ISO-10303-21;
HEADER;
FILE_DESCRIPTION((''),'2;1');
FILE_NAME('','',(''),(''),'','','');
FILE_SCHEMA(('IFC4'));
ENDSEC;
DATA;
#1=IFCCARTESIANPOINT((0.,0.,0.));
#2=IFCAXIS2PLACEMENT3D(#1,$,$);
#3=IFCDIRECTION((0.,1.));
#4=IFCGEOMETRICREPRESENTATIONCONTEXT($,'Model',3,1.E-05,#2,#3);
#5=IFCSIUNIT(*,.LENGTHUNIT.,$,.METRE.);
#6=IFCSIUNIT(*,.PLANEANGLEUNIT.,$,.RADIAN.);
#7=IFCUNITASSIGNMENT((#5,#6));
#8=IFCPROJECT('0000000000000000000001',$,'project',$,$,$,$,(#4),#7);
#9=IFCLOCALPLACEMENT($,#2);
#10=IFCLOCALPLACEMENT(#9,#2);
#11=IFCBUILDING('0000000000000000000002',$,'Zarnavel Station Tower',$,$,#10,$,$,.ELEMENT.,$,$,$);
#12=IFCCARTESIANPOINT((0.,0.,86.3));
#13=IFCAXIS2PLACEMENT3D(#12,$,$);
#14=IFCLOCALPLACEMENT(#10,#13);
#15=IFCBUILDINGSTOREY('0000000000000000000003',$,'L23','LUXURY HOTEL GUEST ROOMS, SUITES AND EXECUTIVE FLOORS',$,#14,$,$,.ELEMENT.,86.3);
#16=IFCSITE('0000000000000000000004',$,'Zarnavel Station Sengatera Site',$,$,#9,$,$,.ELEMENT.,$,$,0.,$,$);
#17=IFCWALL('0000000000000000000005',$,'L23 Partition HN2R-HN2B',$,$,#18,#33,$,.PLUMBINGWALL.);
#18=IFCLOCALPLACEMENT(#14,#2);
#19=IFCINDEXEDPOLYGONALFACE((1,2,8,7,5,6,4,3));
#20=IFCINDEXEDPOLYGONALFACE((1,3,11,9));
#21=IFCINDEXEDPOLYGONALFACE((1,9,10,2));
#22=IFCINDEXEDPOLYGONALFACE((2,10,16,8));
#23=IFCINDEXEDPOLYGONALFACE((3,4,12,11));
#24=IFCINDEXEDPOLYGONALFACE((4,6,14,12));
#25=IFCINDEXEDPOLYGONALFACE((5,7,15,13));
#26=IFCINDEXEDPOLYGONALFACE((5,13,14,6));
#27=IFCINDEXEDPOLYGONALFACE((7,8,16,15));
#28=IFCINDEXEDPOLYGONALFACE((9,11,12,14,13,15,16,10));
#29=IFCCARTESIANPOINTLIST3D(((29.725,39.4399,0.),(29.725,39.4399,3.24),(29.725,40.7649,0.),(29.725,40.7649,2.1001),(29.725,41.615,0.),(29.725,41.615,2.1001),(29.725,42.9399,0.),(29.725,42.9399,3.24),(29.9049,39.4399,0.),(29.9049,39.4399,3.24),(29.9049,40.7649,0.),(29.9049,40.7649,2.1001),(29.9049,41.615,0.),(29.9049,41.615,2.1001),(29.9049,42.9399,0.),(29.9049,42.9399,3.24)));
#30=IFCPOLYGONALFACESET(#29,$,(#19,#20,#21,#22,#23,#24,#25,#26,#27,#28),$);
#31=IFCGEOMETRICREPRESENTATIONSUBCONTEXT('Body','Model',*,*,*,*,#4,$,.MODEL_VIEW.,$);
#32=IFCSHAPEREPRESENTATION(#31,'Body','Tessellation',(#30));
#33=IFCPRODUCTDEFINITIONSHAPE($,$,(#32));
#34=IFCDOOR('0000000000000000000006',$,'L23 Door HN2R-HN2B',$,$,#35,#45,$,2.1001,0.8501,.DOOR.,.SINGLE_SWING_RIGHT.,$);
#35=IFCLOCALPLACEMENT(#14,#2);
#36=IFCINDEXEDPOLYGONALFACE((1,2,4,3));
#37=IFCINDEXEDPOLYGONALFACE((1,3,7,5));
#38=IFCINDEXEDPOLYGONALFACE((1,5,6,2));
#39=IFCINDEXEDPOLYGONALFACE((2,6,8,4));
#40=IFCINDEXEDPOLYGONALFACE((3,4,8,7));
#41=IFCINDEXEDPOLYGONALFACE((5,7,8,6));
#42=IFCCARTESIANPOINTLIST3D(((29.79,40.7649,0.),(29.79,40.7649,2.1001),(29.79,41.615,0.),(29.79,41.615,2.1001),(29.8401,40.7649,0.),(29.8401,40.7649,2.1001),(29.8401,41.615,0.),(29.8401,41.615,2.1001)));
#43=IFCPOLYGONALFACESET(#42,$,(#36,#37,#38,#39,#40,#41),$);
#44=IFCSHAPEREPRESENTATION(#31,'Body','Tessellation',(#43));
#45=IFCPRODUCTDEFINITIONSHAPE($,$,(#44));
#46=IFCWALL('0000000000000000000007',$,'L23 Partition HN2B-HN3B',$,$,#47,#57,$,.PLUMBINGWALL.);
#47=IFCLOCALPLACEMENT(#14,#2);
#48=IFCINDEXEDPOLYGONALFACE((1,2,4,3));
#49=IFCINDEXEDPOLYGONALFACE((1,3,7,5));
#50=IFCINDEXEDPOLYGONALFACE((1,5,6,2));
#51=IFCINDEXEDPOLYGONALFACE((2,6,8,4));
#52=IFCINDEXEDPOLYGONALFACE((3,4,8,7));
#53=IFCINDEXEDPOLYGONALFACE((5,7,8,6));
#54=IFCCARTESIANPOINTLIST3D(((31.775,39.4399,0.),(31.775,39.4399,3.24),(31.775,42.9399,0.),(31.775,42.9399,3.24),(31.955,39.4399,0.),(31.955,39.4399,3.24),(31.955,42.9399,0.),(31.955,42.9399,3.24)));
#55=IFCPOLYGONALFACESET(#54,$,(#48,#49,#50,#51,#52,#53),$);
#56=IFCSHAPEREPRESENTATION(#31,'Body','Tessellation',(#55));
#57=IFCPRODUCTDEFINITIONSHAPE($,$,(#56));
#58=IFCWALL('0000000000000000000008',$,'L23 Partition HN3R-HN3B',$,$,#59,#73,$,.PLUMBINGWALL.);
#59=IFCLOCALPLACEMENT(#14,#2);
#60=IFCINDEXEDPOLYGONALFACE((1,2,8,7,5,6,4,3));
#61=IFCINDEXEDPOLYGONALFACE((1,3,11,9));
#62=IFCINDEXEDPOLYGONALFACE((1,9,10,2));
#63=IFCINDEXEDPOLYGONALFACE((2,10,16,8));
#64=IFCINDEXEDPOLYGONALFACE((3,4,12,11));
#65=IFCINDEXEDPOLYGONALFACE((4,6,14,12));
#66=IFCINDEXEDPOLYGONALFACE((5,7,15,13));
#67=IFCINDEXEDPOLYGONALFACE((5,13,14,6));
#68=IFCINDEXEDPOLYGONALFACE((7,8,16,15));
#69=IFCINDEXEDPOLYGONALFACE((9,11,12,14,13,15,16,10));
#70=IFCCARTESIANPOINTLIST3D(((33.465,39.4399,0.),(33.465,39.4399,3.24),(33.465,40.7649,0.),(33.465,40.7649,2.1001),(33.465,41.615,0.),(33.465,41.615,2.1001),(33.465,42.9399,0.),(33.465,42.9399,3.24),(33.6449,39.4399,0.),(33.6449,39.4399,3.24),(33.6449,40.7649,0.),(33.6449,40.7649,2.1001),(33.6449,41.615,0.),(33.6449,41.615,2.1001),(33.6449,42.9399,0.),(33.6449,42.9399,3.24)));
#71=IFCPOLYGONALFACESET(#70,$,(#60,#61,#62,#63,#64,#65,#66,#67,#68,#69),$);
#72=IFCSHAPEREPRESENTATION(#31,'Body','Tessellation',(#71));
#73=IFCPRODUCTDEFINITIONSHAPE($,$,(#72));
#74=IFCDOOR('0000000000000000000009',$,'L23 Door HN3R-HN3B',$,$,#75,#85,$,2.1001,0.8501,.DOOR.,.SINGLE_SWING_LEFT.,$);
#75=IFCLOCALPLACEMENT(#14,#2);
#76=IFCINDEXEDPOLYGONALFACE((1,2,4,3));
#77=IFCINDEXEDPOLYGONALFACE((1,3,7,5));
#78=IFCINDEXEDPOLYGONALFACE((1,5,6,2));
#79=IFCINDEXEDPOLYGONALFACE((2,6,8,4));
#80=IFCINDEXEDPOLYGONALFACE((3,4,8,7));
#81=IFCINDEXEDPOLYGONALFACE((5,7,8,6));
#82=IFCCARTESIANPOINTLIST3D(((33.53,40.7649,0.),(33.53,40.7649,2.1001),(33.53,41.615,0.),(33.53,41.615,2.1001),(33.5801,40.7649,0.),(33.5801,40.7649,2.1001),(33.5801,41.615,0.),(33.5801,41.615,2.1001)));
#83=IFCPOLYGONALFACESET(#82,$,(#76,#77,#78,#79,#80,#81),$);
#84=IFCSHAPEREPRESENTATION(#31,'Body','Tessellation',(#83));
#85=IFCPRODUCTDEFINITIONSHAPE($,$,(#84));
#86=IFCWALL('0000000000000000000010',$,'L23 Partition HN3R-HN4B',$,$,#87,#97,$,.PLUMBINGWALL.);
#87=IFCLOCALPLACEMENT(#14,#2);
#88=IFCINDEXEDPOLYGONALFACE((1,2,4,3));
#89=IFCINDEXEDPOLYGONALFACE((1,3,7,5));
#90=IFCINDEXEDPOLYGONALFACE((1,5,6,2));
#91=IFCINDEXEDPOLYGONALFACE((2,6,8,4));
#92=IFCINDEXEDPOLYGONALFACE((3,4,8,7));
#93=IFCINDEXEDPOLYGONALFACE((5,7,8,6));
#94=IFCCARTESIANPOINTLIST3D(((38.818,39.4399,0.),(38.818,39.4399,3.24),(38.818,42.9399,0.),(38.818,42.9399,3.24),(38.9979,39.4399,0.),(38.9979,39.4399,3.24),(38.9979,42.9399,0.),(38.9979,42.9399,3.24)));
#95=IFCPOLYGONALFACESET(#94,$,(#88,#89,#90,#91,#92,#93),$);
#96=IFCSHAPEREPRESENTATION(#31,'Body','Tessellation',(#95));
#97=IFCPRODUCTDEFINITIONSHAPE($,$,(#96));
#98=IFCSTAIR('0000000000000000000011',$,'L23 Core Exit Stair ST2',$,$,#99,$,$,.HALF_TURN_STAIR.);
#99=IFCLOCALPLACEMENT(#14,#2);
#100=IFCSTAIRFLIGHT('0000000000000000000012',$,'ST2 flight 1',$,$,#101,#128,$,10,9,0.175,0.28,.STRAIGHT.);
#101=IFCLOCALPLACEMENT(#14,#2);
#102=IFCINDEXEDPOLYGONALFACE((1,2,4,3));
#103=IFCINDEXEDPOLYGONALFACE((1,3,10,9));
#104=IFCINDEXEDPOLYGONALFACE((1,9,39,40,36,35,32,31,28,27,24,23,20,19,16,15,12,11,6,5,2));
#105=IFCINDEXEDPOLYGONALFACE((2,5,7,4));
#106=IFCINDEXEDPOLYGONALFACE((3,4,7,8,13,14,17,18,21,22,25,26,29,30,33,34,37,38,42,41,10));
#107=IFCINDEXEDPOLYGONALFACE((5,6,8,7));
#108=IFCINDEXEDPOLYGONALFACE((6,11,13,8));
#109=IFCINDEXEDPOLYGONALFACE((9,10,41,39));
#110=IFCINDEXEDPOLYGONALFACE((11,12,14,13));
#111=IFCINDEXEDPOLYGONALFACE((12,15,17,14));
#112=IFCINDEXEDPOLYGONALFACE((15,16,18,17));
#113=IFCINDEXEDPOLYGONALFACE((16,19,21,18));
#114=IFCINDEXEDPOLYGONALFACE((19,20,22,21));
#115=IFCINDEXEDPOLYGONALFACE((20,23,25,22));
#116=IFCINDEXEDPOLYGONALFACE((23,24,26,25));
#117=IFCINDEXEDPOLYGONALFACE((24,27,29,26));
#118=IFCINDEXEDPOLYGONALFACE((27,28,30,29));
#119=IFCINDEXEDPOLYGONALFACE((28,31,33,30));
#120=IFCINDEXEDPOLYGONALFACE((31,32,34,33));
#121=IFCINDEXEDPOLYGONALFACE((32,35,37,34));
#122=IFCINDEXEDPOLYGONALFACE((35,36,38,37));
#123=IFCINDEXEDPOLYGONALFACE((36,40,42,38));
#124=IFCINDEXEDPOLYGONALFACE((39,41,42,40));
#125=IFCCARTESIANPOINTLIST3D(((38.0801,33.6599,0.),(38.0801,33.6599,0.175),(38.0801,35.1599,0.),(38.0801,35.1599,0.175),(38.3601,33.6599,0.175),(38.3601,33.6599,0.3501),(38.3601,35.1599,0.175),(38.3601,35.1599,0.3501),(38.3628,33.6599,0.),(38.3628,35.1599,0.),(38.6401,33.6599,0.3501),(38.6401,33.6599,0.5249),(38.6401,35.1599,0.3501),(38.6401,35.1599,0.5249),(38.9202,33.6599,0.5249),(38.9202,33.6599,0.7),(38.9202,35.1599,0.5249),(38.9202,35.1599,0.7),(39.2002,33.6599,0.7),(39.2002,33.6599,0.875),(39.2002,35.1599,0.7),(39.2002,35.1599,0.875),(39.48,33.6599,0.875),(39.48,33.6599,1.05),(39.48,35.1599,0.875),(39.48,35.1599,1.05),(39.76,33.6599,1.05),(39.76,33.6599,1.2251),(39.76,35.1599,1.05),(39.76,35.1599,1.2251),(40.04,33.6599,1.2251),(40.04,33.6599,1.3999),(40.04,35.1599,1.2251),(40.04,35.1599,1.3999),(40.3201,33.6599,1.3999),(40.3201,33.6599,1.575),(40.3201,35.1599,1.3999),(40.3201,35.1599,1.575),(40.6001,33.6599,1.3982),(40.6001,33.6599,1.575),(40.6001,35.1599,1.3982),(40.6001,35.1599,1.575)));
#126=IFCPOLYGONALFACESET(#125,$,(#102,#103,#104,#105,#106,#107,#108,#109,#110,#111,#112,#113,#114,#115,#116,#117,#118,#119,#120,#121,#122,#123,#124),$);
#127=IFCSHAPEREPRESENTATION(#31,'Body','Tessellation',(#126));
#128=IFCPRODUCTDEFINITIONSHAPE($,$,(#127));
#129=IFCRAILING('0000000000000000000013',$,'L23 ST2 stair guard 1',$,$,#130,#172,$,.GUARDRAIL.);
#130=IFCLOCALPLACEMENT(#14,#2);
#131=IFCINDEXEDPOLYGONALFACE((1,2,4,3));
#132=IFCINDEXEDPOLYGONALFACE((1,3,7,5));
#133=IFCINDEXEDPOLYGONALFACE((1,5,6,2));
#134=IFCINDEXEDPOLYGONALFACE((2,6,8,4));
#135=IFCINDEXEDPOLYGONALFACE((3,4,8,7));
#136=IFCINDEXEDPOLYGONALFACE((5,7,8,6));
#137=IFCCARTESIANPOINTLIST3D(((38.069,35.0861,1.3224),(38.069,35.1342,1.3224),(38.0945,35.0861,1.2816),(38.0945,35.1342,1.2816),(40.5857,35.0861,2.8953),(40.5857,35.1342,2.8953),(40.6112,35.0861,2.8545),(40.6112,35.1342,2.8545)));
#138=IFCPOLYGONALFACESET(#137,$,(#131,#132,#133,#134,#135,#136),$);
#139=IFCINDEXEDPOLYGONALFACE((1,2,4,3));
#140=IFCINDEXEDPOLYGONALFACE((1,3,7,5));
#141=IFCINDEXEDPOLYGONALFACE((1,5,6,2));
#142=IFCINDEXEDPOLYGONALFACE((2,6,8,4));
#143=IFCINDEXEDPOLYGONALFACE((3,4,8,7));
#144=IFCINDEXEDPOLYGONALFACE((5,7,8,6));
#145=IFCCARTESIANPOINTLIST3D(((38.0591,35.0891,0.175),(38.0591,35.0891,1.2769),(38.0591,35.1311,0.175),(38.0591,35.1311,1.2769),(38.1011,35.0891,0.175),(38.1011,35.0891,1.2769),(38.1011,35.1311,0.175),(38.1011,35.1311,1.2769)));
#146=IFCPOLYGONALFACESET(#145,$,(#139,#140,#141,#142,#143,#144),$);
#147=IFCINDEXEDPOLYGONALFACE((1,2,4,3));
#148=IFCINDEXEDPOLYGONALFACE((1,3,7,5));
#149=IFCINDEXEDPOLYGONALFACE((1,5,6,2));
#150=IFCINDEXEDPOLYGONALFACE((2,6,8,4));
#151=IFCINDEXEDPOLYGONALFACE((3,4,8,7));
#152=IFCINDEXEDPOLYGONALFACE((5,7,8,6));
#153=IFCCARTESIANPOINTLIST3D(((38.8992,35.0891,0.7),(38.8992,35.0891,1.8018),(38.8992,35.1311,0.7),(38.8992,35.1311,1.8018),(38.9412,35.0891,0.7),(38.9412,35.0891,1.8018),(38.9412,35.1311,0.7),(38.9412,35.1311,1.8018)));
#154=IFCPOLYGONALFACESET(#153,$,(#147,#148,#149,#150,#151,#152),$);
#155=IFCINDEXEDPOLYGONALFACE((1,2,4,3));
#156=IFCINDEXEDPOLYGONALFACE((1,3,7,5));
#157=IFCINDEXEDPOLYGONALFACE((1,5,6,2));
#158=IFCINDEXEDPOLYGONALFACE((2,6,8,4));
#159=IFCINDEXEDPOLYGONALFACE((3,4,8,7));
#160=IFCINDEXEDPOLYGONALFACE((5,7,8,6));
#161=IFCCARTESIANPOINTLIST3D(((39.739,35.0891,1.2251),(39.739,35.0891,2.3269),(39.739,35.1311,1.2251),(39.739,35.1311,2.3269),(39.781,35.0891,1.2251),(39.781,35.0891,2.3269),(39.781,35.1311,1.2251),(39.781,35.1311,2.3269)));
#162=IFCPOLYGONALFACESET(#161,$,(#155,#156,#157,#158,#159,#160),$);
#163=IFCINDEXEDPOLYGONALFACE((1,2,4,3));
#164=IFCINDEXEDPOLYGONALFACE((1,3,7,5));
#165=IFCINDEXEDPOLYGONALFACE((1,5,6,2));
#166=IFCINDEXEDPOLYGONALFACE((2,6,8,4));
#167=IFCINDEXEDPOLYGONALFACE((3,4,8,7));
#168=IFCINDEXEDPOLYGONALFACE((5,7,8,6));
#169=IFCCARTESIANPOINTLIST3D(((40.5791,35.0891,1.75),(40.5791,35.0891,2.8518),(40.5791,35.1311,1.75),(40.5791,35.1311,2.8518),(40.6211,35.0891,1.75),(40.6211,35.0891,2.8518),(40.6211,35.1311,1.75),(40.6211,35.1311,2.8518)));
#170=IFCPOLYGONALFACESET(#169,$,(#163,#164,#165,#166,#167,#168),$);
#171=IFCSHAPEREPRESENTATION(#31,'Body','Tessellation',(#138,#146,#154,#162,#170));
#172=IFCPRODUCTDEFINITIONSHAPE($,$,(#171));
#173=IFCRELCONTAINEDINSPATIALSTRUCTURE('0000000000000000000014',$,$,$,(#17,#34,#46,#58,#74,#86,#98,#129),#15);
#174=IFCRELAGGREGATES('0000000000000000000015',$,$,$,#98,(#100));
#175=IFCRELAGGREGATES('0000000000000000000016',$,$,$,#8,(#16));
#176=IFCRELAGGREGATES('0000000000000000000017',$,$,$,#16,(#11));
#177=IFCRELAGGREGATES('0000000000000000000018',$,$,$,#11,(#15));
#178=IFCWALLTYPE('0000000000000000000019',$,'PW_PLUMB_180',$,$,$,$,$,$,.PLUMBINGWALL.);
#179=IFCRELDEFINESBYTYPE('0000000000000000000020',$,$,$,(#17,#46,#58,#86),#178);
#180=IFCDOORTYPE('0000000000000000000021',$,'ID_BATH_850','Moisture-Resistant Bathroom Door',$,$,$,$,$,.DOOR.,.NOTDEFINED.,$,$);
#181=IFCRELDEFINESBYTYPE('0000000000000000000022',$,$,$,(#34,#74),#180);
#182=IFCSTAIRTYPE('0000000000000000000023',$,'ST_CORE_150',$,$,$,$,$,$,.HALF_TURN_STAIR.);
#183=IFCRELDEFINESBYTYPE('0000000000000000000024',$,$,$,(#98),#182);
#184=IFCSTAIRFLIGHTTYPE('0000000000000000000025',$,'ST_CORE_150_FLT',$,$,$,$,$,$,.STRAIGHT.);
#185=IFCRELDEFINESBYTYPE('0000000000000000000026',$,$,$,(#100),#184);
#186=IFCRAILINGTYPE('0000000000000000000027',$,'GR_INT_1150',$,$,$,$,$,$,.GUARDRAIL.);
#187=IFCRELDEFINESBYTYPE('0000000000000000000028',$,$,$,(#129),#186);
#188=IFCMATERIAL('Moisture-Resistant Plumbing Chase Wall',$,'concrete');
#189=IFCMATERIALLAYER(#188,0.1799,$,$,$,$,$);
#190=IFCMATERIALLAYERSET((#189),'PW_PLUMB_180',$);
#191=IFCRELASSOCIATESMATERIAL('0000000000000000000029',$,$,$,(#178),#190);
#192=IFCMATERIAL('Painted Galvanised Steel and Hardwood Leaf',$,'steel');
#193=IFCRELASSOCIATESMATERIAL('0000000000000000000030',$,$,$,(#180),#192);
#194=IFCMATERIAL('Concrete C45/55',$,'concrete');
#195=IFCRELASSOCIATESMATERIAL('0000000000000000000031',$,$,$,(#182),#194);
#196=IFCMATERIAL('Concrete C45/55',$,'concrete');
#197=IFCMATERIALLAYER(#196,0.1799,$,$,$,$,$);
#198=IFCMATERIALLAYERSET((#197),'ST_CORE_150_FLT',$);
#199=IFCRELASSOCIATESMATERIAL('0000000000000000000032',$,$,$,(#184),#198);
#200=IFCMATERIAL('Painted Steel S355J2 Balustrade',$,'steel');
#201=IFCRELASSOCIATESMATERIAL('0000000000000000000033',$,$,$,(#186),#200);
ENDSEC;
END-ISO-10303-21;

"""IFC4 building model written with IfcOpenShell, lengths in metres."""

from ifc_helpers import new_model, si_unit, direction, frame, frame_2d, origin, origin_2d, place, context, subcontext, project, spatial, polyline, rectangle, outline, extrude, material, layer, layer_set, type_object, element, fill, aggregate, save


model = new_model("IFC4")

# Units and contexts
model_context = context("Model", 3, precision=1e-05, world=origin(), true_north=direction((0.0, 1.0)))
body_context = subcontext(model_context, "Body", "Model", "MODEL_VIEW")
ifc_project = project(units=[si_unit("LENGTHUNIT", "METRE"), si_unit("PLANEANGLEUNIT", "RADIAN")], contexts=[model_context])

# Site, building, storey
site_placement = place(None, origin())
site = spatial("IfcSite", under=ifc_project, at=site_placement, Name="Zarnavel Station Sengatera Site", CompositionType="ELEMENT", RefElevation=0.0)
building_placement = place(site_placement, origin())
building = spatial("IfcBuilding", under=site, at=building_placement, Name="Zarnavel Station Tower", CompositionType="ELEMENT")
storey_placement = place(building_placement, frame((0.0, 0.0, 86.3)))
storey = spatial("IfcBuildingStorey", under=building, at=storey_placement, Name="L23", Description="LUXURY HOTEL GUEST ROOMS, SUITES AND EXECUTIVE FLOORS", CompositionType="ELEMENT", Elevation=86.3)

# Shared definitions
ifc_material_1 = material(Name="Moisture-Resistant Plumbing Chase Wall", Category="concrete")
ifc_layer_1 = layer(ifc_material_1, 0.1799)
ifc_layer_set_1 = layer_set([ifc_layer_1], Name="PW_PLUMB_180")
wall_type_1 = type_object("IfcWallType", Name="PW_PLUMB_180", PredefinedType="PLUMBINGWALL", material=ifc_layer_set_1)

# Wall, opening, door
wall_1_placement = place(storey_placement, frame((29.8149, 39.4399, 0.0), z_axis=(0.0, 0.0, 1.0), x_axis=(0.0, 1.0, 0.0)))
wall_1 = element("IfcWall", 1, at=wall_1_placement, inside=storey, type_object=wall_type_1, Name="L23 Partition HN2R-HN2B", PredefinedType="PLUMBINGWALL", context=body_context, shape_type="SweptSolid", body=[
    extrude(rectangle(XDim=3.5, YDim=0.1799, at=frame_2d((1.75, 0.0))), origin(), (0.0, 0.0, 1.0), 3.24),
])
opening_1_placement = place(wall_1_placement, frame((1.325, 0.0, 0.0)))
opening_1 = element("IfcOpeningElement", 2, at=opening_1_placement, cuts=wall_1, PredefinedType="OPENING", context=body_context, shape_type="SweptSolid", body=[
    extrude(rectangle(XDim=0.8501, YDim=2.1001, at=frame_2d((0.425, 1.05))), frame((0.0, 0.0999, 0.0), z_axis=(0.0, -1.0, 0.0), x_axis=(1.0, 0.0, 0.0)), (0.0, 0.0, 1.0), 0.2),
])
ifc_material_2 = material(Name="Painted Galvanised Steel and Hardwood Leaf", Category="steel")
door_type_1 = type_object("IfcDoorType", Name="ID_BATH_850", Description="Moisture-Resistant Bathroom Door", OperationType="NOTDEFINED", PredefinedType="DOOR", material=ifc_material_2)
door_1_placement = place(opening_1_placement, origin())
door_1 = element("IfcDoor", 3, at=door_1_placement, inside=storey, type_object=door_type_1, Name="L23 Door HN2R-HN2B", OperationType="SINGLE_SWING_RIGHT", OverallHeight=2.1001, OverallWidth=0.8501, PredefinedType="DOOR", context=body_context, shape_type="SweptSolid", body=[
    extrude(rectangle(XDim=0.8501, YDim=2.1001, at=frame_2d((0.425, 1.05))), frame((0.0, 0.0249, 0.0), z_axis=(0.0, -1.0, 0.0), x_axis=(1.0, 0.0, 0.0)), (0.0, 0.0, 1.0), 0.05),
])
fill(opening_1, door_1)

# Wall
wall_2_placement = place(storey_placement, frame((31.865, 39.4399, 0.0), z_axis=(0.0, 0.0, 1.0), x_axis=(0.0, 1.0, 0.0)))
element("IfcWall", 4, at=wall_2_placement, inside=storey, type_object=wall_type_1, Name="L23 Partition HN2B-HN3B", PredefinedType="PLUMBINGWALL", context=body_context, shape_type="SweptSolid", body=[
    extrude(rectangle(XDim=3.5, YDim=0.1799, at=frame_2d((1.75, 0.0))), origin(), (0.0, 0.0, 1.0), 3.24),
])

# Wall, opening, door
wall_3_placement = place(storey_placement, frame((33.5549, 39.4399, 0.0), z_axis=(0.0, 0.0, 1.0), x_axis=(0.0, 1.0, 0.0)))
wall_3 = element("IfcWall", 5, at=wall_3_placement, inside=storey, type_object=wall_type_1, Name="L23 Partition HN3R-HN3B", PredefinedType="PLUMBINGWALL", context=body_context, shape_type="SweptSolid", body=[
    extrude(rectangle(XDim=3.5, YDim=0.1799, at=frame_2d((1.75, 0.0))), origin(), (0.0, 0.0, 1.0), 3.24),
])
opening_2_placement = place(wall_3_placement, frame((1.325, 0.0, 0.0)))
opening_2 = element("IfcOpeningElement", 6, at=opening_2_placement, cuts=wall_3, PredefinedType="OPENING", context=body_context, shape_type="SweptSolid", body=[
    extrude(rectangle(XDim=0.8501, YDim=2.1001, at=frame_2d((0.425, 1.05))), frame((0.0, 0.0999, 0.0), z_axis=(0.0, -1.0, 0.0), x_axis=(1.0, 0.0, 0.0)), (0.0, 0.0, 1.0), 0.2),
])
door_2_placement = place(opening_2_placement, origin())
door_2 = element("IfcDoor", 7, at=door_2_placement, inside=storey, type_object=door_type_1, Name="L23 Door HN3R-HN3B", OperationType="SINGLE_SWING_LEFT", OverallHeight=2.1001, OverallWidth=0.8501, PredefinedType="DOOR", context=body_context, shape_type="SweptSolid", body=[
    extrude(rectangle(XDim=0.8501, YDim=2.1001, at=frame_2d((0.425, 1.05))), frame((0.0, 0.0249, 0.0), z_axis=(0.0, -1.0, 0.0), x_axis=(1.0, 0.0, 0.0)), (0.0, 0.0, 1.0), 0.05),
])
fill(opening_2, door_2)

# Wall
wall_4_placement = place(storey_placement, frame((38.908, 39.4399, 0.0), z_axis=(0.0, 0.0, 1.0), x_axis=(0.0, 1.0, 0.0)))
element("IfcWall", 8, at=wall_4_placement, inside=storey, type_object=wall_type_1, Name="L23 Partition HN3R-HN4B", PredefinedType="PLUMBINGWALL", context=body_context, shape_type="SweptSolid", body=[
    extrude(rectangle(XDim=3.5, YDim=0.1799, at=frame_2d((1.75, 0.0))), origin(), (0.0, 0.0, 1.0), 3.24),
])

# Stair, stair flight
ifc_material_3 = material(Name="Concrete C45/55", Category="concrete")
stair_type = type_object("IfcStairType", Name="ST_CORE_150", PredefinedType="HALF_TURN_STAIR", material=ifc_material_3)
stair_placement = place(storey_placement, origin())
stair = element("IfcStair", 9, at=stair_placement, inside=storey, type_object=stair_type, Name="L23 Core Exit Stair ST2", PredefinedType="HALF_TURN_STAIR")
ifc_material_4 = material(Name="Concrete C45/55", Category="concrete")
ifc_layer_2 = layer(ifc_material_4, 0.1799)
ifc_layer_set_2 = layer_set([ifc_layer_2], Name="ST_CORE_150_FLT")
stair_flight_type = type_object("IfcStairFlightType", Name="ST_CORE_150_FLT", PredefinedType="STRAIGHT", material=ifc_layer_set_2)
stair_flight_placement = place(storey_placement, frame((38.0801, 34.4099, 0.0), z_axis=(0.0, 0.0, 1.0), x_axis=(1.0, 0.0, 0.0)))
stair_flight = element("IfcStairFlight", 10, at=stair_flight_placement, type_object=stair_flight_type, Name="ST2 flight 1", NumberOfRisers=10, NumberOfTreads=9, PredefinedType="STRAIGHT", RiserHeight=0.175, TreadLength=0.28, context=body_context, shape_type="SweptSolid", body=[
    extrude(outline(polyline([(0.0, 0.0), (0.0, 0.175), (0.28, 0.175), (0.28, 0.3501), (0.5601, 0.3501), (0.5601, 0.5249), (0.8401, 0.5249), (0.8401, 0.7), (1.1201, 0.7), (1.1201, 0.875), (1.3999, 0.875), (1.3999, 1.05), (1.6799, 1.05), (1.6799, 1.2251), (1.96, 1.2251), (1.96, 1.3999), (2.24, 1.3999), (2.24, 1.575), (2.52, 1.575), (2.52, 1.75), (2.52, 1.3982), (0.2827, 0.0), (0.0, 0.0)])), frame((0.0, 0.75, 0.0), z_axis=(0.0, -1.0, 0.0), x_axis=(1.0, 0.0, 0.0)), (0.0, 0.0, 1.0), 1.5),
])
aggregate(stair, [stair_flight])

# Railing
ifc_material_5 = material(Name="Painted Steel S355J2 Balustrade", Category="steel")
railing_type_1 = type_object("IfcRailingType", Name="GR_INT_1150", PredefinedType="GUARDRAIL", material=ifc_material_5)
railing_1_placement = place(storey_placement, frame((38.0801, 35.1101, 0.175)))
element("IfcRailing", 11, at=railing_1_placement, inside=storey, type_object=railing_type_1, Name="L23 ST2 stair guard 1", PredefinedType="GUARDRAIL", context=body_context, shape_type="SweptSolid", body=[
    extrude(rectangle(XDim=0.0481, YDim=0.0481, at=origin_2d()), frame((0.0017, 0.0, 1.127), z_axis=(0.848008, 0.0, 0.529984), x_axis=(0.0, 1.0, 0.0)), (0.0, 0.0, 1.0), 2.9678),
    extrude(rectangle(XDim=0.042, YDim=0.042, at=origin_2d()), origin(), (0.0, 0.0, 1.0), 1.1018),
    extrude(rectangle(XDim=0.042, YDim=0.042, at=origin_2d()), frame((0.8401, 0.0, 0.5249)), (0.0, 0.0, 1.0), 1.1018),
    extrude(rectangle(XDim=0.042, YDim=0.042, at=origin_2d()), frame((1.6799, 0.0, 1.05)), (0.0, 0.0, 1.0), 1.1018),
    extrude(rectangle(XDim=0.042, YDim=0.042, at=origin_2d()), frame((2.52, 0.0, 1.575)), (0.0, 0.0, 1.0), 1.1018),
])

save(model, "model.ifc")
